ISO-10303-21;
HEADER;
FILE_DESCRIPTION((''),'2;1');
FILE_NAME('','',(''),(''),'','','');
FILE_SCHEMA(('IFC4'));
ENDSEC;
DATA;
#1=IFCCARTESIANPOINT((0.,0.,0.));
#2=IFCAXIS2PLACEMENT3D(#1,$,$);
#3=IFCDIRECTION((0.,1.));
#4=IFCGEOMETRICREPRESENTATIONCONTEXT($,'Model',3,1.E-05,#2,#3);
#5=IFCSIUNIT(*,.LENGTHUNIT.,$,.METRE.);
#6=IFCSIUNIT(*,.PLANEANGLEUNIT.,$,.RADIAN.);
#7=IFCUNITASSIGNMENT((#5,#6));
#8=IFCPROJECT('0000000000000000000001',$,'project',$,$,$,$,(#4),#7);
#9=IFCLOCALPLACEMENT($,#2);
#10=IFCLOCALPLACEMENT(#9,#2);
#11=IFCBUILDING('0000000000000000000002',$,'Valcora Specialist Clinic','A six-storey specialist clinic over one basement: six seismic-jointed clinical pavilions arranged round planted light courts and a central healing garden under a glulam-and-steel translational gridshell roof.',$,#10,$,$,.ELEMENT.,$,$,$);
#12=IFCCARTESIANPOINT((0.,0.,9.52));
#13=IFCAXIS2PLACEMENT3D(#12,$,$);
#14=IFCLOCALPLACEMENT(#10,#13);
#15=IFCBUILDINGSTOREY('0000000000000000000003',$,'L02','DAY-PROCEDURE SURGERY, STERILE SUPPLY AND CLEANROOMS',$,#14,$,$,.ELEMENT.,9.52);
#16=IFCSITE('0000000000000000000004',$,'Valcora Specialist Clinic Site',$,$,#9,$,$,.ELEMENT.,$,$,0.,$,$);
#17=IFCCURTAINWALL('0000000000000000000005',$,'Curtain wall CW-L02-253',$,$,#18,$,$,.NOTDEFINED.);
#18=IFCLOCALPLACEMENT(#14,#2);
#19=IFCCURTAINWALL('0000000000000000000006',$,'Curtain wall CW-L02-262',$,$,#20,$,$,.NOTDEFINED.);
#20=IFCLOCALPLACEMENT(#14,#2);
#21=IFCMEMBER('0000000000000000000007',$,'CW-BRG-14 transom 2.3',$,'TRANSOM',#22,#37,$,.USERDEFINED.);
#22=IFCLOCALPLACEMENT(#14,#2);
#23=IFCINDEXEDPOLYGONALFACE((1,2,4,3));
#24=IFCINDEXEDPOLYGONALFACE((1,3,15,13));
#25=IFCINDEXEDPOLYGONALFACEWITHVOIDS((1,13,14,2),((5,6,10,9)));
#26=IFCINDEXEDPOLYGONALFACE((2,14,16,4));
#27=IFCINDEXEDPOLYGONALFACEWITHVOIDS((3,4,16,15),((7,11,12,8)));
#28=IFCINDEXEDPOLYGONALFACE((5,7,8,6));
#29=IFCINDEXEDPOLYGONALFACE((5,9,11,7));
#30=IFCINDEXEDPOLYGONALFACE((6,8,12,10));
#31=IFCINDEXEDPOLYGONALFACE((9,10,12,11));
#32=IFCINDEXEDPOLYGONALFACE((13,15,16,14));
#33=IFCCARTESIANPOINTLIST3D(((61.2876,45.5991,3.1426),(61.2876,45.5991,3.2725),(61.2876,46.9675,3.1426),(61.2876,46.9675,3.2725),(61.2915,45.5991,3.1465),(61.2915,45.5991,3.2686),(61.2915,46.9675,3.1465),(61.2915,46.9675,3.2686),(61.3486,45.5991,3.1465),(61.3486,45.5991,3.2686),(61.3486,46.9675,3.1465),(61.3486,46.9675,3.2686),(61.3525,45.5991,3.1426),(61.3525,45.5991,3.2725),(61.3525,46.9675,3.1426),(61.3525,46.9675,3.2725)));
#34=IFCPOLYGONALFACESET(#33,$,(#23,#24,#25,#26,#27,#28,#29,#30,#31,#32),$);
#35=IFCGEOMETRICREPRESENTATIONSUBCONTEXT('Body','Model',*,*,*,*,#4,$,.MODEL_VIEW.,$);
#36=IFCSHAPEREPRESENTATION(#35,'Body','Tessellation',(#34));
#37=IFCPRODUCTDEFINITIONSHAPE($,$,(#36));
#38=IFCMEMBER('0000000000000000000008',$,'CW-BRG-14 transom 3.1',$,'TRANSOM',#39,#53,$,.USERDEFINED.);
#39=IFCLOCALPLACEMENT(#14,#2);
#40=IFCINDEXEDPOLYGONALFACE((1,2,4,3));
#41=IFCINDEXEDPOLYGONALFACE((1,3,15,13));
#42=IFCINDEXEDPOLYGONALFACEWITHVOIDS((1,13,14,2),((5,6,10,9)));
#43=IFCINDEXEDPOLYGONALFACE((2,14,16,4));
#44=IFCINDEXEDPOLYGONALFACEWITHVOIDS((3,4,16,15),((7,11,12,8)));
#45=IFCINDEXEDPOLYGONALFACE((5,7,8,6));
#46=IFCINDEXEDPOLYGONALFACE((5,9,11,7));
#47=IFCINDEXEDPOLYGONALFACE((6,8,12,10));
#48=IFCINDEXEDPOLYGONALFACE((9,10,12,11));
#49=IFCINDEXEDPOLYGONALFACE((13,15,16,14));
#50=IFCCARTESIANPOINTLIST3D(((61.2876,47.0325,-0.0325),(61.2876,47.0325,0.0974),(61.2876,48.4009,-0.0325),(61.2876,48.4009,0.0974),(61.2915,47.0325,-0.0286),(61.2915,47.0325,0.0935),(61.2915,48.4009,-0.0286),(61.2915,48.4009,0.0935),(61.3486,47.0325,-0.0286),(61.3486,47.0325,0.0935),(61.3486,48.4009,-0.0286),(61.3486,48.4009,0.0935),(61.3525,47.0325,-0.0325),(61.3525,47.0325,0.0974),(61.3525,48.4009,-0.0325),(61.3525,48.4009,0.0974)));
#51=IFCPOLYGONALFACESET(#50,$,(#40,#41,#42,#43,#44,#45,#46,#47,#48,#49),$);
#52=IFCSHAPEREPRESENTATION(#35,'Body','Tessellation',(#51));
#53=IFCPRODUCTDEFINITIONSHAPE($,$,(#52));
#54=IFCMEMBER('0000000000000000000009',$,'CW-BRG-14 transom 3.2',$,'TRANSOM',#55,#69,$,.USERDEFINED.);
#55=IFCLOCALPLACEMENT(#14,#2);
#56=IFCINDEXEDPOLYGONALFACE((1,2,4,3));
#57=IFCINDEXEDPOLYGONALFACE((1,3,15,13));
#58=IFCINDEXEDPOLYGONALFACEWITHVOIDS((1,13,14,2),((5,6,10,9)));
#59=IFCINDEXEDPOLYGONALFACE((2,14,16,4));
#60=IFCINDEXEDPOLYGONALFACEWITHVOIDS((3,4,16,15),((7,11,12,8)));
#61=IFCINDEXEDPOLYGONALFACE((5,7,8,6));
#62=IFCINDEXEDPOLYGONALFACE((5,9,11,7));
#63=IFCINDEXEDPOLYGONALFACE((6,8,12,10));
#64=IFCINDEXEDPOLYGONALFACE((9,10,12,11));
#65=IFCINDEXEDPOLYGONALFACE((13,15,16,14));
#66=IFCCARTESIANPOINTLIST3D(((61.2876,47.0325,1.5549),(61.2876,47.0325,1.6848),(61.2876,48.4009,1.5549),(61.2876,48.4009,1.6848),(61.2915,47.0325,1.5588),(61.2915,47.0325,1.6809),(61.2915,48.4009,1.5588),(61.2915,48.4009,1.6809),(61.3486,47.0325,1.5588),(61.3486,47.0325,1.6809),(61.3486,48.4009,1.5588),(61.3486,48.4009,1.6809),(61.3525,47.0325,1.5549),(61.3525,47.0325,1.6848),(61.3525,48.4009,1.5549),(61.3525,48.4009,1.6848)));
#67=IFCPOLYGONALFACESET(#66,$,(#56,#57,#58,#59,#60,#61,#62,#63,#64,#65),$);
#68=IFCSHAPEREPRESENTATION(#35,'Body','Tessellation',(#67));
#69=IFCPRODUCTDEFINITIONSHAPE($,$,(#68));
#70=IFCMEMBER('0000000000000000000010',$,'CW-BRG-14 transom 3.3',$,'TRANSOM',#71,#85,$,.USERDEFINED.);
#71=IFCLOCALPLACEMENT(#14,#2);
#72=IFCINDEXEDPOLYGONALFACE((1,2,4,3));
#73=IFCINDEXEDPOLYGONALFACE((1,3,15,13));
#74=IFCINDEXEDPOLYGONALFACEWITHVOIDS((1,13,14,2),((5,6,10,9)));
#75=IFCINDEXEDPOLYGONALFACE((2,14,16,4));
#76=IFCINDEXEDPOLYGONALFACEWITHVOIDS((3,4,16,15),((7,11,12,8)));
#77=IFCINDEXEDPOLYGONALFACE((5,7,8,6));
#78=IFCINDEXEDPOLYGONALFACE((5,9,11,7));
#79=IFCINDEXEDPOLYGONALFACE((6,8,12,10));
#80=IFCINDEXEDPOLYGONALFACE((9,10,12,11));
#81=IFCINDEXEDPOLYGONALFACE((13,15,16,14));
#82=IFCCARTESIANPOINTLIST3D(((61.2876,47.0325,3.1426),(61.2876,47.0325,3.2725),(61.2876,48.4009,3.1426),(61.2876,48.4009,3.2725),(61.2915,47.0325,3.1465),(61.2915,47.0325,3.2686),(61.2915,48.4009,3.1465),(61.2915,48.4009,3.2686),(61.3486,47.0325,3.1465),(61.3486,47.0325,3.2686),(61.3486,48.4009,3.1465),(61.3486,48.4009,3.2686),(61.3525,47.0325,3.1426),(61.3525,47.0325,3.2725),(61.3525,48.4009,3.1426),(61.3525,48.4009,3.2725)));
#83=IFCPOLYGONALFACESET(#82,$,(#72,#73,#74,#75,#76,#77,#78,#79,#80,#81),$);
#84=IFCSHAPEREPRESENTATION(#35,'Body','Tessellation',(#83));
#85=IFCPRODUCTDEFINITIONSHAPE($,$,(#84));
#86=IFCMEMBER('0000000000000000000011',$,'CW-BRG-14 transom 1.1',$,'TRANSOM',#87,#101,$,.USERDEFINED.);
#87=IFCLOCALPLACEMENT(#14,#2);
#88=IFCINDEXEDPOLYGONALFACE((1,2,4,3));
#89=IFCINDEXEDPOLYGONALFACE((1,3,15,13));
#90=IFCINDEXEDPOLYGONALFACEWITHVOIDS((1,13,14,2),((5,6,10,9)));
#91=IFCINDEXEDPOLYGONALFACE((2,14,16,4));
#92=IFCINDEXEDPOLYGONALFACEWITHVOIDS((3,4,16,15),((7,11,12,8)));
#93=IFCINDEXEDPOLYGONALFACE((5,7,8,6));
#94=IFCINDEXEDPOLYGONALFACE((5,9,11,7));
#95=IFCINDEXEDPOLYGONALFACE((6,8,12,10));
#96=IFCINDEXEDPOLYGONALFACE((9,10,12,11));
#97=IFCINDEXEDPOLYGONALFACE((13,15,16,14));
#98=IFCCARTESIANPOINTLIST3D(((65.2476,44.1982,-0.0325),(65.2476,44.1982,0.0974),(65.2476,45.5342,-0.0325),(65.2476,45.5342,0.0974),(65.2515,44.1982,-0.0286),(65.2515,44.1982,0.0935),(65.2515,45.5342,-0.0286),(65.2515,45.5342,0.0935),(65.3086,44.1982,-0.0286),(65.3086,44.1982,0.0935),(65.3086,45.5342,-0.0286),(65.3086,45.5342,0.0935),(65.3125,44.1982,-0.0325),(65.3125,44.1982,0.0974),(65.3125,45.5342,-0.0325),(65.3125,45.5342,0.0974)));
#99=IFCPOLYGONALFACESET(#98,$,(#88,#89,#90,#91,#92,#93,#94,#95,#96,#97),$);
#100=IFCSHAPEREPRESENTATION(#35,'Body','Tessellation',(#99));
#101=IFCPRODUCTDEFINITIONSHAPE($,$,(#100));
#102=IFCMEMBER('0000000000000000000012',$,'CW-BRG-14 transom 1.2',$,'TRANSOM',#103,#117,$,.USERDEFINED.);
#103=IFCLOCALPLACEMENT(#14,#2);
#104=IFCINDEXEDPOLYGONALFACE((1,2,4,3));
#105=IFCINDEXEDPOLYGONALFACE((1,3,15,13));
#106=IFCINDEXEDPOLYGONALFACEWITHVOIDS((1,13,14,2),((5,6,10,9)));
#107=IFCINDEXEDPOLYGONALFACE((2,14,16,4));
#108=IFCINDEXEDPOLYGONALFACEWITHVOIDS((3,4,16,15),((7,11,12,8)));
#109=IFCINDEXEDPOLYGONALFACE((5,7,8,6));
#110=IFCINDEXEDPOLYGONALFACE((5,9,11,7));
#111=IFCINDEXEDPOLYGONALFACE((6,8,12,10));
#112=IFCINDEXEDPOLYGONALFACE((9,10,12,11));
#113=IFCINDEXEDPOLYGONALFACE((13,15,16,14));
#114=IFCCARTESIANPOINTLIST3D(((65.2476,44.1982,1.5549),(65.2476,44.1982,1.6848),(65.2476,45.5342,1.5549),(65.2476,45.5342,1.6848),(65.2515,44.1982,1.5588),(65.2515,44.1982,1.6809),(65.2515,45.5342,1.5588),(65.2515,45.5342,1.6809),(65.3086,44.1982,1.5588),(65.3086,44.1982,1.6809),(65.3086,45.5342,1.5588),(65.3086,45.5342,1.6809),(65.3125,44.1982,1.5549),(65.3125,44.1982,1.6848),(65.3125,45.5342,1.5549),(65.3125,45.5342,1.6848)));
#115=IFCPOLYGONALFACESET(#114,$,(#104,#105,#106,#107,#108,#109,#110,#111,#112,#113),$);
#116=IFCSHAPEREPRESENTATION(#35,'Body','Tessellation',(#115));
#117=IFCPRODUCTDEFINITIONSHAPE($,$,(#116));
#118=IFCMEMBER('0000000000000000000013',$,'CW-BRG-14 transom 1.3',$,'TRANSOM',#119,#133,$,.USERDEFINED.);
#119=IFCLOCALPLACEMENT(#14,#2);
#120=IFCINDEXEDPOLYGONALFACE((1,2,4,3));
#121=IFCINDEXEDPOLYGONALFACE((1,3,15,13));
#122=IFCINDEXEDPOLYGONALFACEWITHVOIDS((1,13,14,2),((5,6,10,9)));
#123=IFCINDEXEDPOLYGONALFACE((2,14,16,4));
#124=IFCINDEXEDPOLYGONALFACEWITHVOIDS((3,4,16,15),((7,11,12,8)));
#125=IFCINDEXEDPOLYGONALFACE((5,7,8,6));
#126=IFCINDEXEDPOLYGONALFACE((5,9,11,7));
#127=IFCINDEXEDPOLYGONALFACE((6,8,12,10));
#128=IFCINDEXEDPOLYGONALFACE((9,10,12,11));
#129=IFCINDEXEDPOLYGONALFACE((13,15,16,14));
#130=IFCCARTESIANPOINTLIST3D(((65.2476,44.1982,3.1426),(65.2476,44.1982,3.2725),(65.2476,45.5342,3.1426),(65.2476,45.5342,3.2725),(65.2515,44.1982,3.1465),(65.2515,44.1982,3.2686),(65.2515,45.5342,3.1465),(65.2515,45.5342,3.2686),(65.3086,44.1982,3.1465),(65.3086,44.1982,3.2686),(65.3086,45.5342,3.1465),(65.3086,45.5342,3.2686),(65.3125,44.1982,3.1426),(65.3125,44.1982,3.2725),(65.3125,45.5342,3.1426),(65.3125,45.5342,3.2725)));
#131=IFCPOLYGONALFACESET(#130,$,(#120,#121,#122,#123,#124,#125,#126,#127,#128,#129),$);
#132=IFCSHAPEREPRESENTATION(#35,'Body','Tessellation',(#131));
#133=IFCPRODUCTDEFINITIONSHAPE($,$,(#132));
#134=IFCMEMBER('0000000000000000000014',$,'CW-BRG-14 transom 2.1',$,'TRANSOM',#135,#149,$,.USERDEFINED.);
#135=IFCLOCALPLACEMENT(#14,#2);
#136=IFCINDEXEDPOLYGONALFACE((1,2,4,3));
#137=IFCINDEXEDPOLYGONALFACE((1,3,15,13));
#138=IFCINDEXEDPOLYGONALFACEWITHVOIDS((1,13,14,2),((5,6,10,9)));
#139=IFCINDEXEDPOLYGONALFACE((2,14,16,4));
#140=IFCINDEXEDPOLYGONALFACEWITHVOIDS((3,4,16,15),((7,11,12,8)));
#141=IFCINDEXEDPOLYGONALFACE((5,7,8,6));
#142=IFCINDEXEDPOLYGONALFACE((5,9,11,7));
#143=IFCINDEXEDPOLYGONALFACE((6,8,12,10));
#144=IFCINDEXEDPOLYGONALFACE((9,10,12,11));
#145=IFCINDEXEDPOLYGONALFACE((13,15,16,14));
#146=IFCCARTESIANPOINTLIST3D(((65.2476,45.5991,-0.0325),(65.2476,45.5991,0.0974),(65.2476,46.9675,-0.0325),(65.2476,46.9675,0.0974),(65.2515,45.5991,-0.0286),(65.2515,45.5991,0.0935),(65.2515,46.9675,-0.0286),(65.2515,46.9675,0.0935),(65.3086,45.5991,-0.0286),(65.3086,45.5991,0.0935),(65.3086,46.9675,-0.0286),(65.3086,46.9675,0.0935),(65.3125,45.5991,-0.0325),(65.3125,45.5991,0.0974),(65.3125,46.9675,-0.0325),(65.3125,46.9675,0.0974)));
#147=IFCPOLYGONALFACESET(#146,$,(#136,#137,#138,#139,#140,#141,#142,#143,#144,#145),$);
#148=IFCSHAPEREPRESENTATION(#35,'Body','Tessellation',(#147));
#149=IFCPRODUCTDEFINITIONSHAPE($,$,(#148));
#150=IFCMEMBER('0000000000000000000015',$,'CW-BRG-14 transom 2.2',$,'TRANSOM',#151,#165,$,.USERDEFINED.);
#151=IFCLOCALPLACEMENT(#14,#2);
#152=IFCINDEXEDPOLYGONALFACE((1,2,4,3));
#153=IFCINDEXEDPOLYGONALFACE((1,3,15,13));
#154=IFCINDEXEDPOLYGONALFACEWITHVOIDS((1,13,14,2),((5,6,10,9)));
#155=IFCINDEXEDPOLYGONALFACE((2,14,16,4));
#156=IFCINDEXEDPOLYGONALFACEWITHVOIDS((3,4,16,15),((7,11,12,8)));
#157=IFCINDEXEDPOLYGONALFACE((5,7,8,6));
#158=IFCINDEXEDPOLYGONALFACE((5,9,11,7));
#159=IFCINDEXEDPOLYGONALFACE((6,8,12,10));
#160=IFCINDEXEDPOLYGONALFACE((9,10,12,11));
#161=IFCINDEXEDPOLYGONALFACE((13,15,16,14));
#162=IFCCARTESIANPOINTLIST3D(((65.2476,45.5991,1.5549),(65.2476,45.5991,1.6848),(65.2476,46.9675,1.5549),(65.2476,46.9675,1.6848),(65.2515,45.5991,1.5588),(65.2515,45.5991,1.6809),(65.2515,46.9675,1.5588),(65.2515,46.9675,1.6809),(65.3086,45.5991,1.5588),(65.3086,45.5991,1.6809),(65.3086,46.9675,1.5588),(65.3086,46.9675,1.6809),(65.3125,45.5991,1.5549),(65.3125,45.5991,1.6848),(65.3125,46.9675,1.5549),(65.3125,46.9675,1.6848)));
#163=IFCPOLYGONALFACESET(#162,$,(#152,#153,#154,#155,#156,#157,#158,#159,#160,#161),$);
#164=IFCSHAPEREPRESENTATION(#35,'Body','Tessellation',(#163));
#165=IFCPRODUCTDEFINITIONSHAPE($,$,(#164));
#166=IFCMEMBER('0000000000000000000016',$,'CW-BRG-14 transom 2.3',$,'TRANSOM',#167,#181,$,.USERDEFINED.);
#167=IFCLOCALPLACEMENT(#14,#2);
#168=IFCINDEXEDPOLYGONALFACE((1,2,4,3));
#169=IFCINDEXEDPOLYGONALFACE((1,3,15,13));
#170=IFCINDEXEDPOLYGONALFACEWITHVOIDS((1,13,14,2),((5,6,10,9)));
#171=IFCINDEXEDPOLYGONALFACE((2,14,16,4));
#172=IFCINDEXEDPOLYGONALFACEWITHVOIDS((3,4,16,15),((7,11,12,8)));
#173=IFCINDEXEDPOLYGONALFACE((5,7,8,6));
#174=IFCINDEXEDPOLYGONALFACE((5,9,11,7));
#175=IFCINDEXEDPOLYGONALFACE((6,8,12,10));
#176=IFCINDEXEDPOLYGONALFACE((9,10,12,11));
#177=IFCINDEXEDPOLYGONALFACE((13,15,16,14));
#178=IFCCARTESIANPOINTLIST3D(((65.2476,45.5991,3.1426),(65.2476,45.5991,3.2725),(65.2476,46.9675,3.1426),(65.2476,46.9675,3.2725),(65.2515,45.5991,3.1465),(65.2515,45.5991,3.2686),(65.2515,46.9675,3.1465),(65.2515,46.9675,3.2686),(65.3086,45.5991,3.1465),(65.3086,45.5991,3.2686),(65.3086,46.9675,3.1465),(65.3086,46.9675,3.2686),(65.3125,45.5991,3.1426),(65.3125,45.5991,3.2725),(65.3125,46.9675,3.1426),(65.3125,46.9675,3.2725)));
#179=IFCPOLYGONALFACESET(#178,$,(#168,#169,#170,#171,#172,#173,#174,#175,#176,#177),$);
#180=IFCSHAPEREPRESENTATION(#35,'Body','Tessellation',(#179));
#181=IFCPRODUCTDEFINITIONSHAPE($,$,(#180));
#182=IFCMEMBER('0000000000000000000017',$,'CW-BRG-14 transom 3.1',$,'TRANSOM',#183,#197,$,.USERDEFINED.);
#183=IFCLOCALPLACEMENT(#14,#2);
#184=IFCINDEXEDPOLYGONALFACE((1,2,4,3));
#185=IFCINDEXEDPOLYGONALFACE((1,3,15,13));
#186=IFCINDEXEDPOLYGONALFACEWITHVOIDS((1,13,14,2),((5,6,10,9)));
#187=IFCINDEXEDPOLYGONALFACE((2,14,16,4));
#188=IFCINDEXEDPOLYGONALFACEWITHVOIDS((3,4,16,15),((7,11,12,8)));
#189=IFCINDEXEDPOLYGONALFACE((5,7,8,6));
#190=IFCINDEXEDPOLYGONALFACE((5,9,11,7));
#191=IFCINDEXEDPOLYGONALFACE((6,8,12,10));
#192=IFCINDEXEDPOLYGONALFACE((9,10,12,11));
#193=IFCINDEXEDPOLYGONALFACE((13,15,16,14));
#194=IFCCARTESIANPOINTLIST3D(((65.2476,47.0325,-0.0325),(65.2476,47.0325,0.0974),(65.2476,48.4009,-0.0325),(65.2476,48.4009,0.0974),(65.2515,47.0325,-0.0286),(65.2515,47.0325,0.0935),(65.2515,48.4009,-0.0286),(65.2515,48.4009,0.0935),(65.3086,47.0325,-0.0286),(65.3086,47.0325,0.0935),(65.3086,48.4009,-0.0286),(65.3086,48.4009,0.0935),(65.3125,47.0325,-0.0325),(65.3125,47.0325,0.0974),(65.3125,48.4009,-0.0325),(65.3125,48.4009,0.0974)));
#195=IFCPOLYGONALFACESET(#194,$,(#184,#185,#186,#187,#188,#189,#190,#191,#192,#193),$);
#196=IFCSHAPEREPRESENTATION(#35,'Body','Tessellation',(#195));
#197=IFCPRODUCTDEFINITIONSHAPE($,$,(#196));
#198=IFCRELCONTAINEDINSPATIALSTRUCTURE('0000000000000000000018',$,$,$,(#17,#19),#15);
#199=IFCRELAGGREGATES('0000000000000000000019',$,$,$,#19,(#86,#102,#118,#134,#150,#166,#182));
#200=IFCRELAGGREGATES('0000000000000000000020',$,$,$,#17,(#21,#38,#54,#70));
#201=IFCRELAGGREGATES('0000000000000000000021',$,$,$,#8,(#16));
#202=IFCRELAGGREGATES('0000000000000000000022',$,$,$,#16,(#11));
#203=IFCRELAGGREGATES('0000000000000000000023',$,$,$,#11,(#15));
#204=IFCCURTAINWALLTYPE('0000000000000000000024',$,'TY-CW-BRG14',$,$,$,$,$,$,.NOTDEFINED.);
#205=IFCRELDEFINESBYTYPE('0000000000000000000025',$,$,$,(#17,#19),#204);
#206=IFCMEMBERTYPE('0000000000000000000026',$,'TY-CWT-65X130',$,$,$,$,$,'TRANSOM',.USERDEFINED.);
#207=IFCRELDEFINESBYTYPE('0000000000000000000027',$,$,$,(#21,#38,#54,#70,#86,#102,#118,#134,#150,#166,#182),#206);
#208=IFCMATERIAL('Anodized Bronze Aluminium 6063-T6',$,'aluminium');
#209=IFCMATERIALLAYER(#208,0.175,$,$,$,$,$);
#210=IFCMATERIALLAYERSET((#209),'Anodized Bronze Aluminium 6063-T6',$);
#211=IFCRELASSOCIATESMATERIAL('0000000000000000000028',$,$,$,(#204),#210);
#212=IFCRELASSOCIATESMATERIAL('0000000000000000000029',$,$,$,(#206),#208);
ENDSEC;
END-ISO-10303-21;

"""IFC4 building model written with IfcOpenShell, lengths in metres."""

from ifc_helpers import new_model, si_unit, direction, frame, origin, origin_2d, place, context, subcontext, project, spatial, hollow_rectangle, extrude, material, layer, layer_set, material_profile, profile_set, type_object, element, aggregate, save


model = new_model("IFC4")

# Units and contexts
model_context = context("Model", 3, precision=1e-05, world=origin(), true_north=direction((0.0, 1.0)))
body_context = subcontext(model_context, "Body", "Model", "MODEL_VIEW")
ifc_project = project(units=[si_unit("LENGTHUNIT", "METRE"), si_unit("PLANEANGLEUNIT", "RADIAN")], contexts=[model_context])

# Site, building, storey
site_placement = place(None, origin())
site = spatial("IfcSite", under=ifc_project, at=site_placement, Name="Valcora Specialist Clinic Site", CompositionType="ELEMENT", RefElevation=0.0)
building_placement = place(site_placement, origin())
building = spatial("IfcBuilding", under=site, at=building_placement, Name="Valcora Specialist Clinic", Description="A six-storey specialist clinic over one basement: six seismic-jointed clinical pavilions arranged round planted light courts and a central healing garden under a glulam-and-steel translational gridshell roof.", CompositionType="ELEMENT")
storey_placement = place(building_placement, frame((0.0, 0.0, 9.52)))
storey = spatial("IfcBuildingStorey", under=building, at=storey_placement, Name="L02", Description="DAY-PROCEDURE SURGERY, STERILE SUPPLY AND CLEANROOMS", CompositionType="ELEMENT", Elevation=9.52)

# Curtain walls
ifc_material_1 = material(Name="Anodized Bronze Aluminium 6063-T6", Category="aluminium")
ifc_layer_1 = layer(ifc_material_1, 0.175)
ifc_layer_set_1 = layer_set([ifc_layer_1], Name="Anodized Bronze Aluminium 6063-T6")
curtain_wall_type = type_object("IfcCurtainWallType", Name="TY-CW-BRG14", PredefinedType="NOTDEFINED", material=ifc_layer_set_1)
curtain_wall_1_placement = place(storey_placement, origin())
curtain_wall_1 = element("IfcCurtainWall", 1, at=curtain_wall_1_placement, inside=storey, type_object=curtain_wall_type, Name="Curtain wall CW-L02-253", PredefinedType="NOTDEFINED")
curtain_wall_2_placement = place(storey_placement, origin())
curtain_wall_2 = element("IfcCurtainWall", 2, at=curtain_wall_2_placement, inside=storey, type_object=curtain_wall_type, Name="Curtain wall CW-L02-262", PredefinedType="NOTDEFINED")

# Members
ifc_material_profile_1 = material_profile(ifc_material_1, hollow_rectangle(XDim=0.0649, YDim=0.1299, WallThickness=0.0039, at=origin_2d()), Name="AL-TRN-65X130")
ifc_profile_set_1 = profile_set([ifc_material_profile_1], Name="Anodized Bronze Aluminium 6063-T6")
member_type_1 = type_object("IfcMemberType", Name="TY-CWT-65X130", ElementType="TRANSOM", PredefinedType="USERDEFINED", material=ifc_profile_set_1)
member_1_placement = place(storey_placement, frame((61.3201, 45.5991, 3.2075), z_axis=(0.0, 1.0, 0.0), x_axis=(-1.0, 0.0, 0.0)))
member_1 = element("IfcMember", 3, at=member_1_placement, type_object=member_type_1, Name="CW-BRG-14 transom 2.3", ObjectType="TRANSOM", PredefinedType="USERDEFINED", context=body_context, shape_type="SweptSolid", body=[
    extrude(hollow_rectangle(XDim=0.0649, YDim=0.1299, WallThickness=0.0039, at=origin_2d()), origin(), (0.0, 0.0, 1.0), 1.3684),
])
member_2_placement = place(storey_placement, frame((61.3201, 47.0325, 0.0325), z_axis=(0.0, 1.0, 0.0), x_axis=(-1.0, 0.0, 0.0)))
member_2 = element("IfcMember", 4, at=member_2_placement, type_object=member_type_1, Name="CW-BRG-14 transom 3.1", ObjectType="TRANSOM", PredefinedType="USERDEFINED", context=body_context, shape_type="SweptSolid", body=[
    extrude(hollow_rectangle(XDim=0.0649, YDim=0.1299, WallThickness=0.0039, at=origin_2d()), origin(), (0.0, 0.0, 1.0), 1.3684),
])
member_3_placement = place(storey_placement, frame((61.3201, 47.0325, 1.6199), z_axis=(0.0, 1.0, 0.0), x_axis=(-1.0, 0.0, 0.0)))
member_3 = element("IfcMember", 5, at=member_3_placement, type_object=member_type_1, Name="CW-BRG-14 transom 3.2", ObjectType="TRANSOM", PredefinedType="USERDEFINED", context=body_context, shape_type="SweptSolid", body=[
    extrude(hollow_rectangle(XDim=0.0649, YDim=0.1299, WallThickness=0.0039, at=origin_2d()), origin(), (0.0, 0.0, 1.0), 1.3684),
])
member_4_placement = place(storey_placement, frame((61.3201, 47.0325, 3.2075), z_axis=(0.0, 1.0, 0.0), x_axis=(-1.0, 0.0, 0.0)))
member_4 = element("IfcMember", 6, at=member_4_placement, type_object=member_type_1, Name="CW-BRG-14 transom 3.3", ObjectType="TRANSOM", PredefinedType="USERDEFINED", context=body_context, shape_type="SweptSolid", body=[
    extrude(hollow_rectangle(XDim=0.0649, YDim=0.1299, WallThickness=0.0039, at=origin_2d()), origin(), (0.0, 0.0, 1.0), 1.3684),
])
member_5_placement = place(storey_placement, frame((65.28, 44.1982, 0.0325), z_axis=(0.0, 1.0, 0.0), x_axis=(-1.0, 0.0, 0.0)))
member_5 = element("IfcMember", 7, at=member_5_placement, type_object=member_type_1, Name="CW-BRG-14 transom 1.1", ObjectType="TRANSOM", PredefinedType="USERDEFINED", context=body_context, shape_type="SweptSolid", body=[
    extrude(hollow_rectangle(XDim=0.0649, YDim=0.1299, WallThickness=0.0039, at=origin_2d()), origin(), (0.0, 0.0, 1.0), 1.3359),
])
member_6_placement = place(storey_placement, frame((65.28, 44.1982, 1.6199), z_axis=(0.0, 1.0, 0.0), x_axis=(-1.0, 0.0, 0.0)))
member_6 = element("IfcMember", 8, at=member_6_placement, type_object=member_type_1, Name="CW-BRG-14 transom 1.2", ObjectType="TRANSOM", PredefinedType="USERDEFINED", context=body_context, shape_type="SweptSolid", body=[
    extrude(hollow_rectangle(XDim=0.0649, YDim=0.1299, WallThickness=0.0039, at=origin_2d()), origin(), (0.0, 0.0, 1.0), 1.3359),
])
member_7_placement = place(storey_placement, frame((65.28, 44.1982, 3.2075), z_axis=(0.0, 1.0, 0.0), x_axis=(-1.0, 0.0, 0.0)))
member_7 = element("IfcMember", 9, at=member_7_placement, type_object=member_type_1, Name="CW-BRG-14 transom 1.3", ObjectType="TRANSOM", PredefinedType="USERDEFINED", context=body_context, shape_type="SweptSolid", body=[
    extrude(hollow_rectangle(XDim=0.0649, YDim=0.1299, WallThickness=0.0039, at=origin_2d()), origin(), (0.0, 0.0, 1.0), 1.3359),
])
member_8_placement = place(storey_placement, frame((65.28, 45.5991, 0.0325), z_axis=(0.0, 1.0, 0.0), x_axis=(-1.0, 0.0, 0.0)))
member_8 = element("IfcMember", 10, at=member_8_placement, type_object=member_type_1, Name="CW-BRG-14 transom 2.1", ObjectType="TRANSOM", PredefinedType="USERDEFINED", context=body_context, shape_type="SweptSolid", body=[
    extrude(hollow_rectangle(XDim=0.0649, YDim=0.1299, WallThickness=0.0039, at=origin_2d()), origin(), (0.0, 0.0, 1.0), 1.3684),
])
member_9_placement = place(storey_placement, frame((65.28, 45.5991, 1.6199), z_axis=(0.0, 1.0, 0.0), x_axis=(-1.0, 0.0, 0.0)))
member_9 = element("IfcMember", 11, at=member_9_placement, type_object=member_type_1, Name="CW-BRG-14 transom 2.2", ObjectType="TRANSOM", PredefinedType="USERDEFINED", context=body_context, shape_type="SweptSolid", body=[
    extrude(hollow_rectangle(XDim=0.0649, YDim=0.1299, WallThickness=0.0039, at=origin_2d()), origin(), (0.0, 0.0, 1.0), 1.3684),
])
member_10_placement = place(storey_placement, frame((65.28, 45.5991, 3.2075), z_axis=(0.0, 1.0, 0.0), x_axis=(-1.0, 0.0, 0.0)))
member_10 = element("IfcMember", 12, at=member_10_placement, type_object=member_type_1, Name="CW-BRG-14 transom 2.3", ObjectType="TRANSOM", PredefinedType="USERDEFINED", context=body_context, shape_type="SweptSolid", body=[
    extrude(hollow_rectangle(XDim=0.0649, YDim=0.1299, WallThickness=0.0039, at=origin_2d()), origin(), (0.0, 0.0, 1.0), 1.3684),
])
member_11_placement = place(storey_placement, frame((65.28, 47.0325, 0.0325), z_axis=(0.0, 1.0, 0.0), x_axis=(-1.0, 0.0, 0.0)))
member_11 = element("IfcMember", 13, at=member_11_placement, type_object=member_type_1, Name="CW-BRG-14 transom 3.1", ObjectType="TRANSOM", PredefinedType="USERDEFINED", context=body_context, shape_type="SweptSolid", body=[
    extrude(hollow_rectangle(XDim=0.0649, YDim=0.1299, WallThickness=0.0039, at=origin_2d()), origin(), (0.0, 0.0, 1.0), 1.3684),
])

aggregate(curtain_wall_2, [member_5, member_6, member_7, member_8, member_9, member_10, member_11])
aggregate(curtain_wall_1, [member_1, member_2, member_3, member_4])

save(model, "model.ifc")
